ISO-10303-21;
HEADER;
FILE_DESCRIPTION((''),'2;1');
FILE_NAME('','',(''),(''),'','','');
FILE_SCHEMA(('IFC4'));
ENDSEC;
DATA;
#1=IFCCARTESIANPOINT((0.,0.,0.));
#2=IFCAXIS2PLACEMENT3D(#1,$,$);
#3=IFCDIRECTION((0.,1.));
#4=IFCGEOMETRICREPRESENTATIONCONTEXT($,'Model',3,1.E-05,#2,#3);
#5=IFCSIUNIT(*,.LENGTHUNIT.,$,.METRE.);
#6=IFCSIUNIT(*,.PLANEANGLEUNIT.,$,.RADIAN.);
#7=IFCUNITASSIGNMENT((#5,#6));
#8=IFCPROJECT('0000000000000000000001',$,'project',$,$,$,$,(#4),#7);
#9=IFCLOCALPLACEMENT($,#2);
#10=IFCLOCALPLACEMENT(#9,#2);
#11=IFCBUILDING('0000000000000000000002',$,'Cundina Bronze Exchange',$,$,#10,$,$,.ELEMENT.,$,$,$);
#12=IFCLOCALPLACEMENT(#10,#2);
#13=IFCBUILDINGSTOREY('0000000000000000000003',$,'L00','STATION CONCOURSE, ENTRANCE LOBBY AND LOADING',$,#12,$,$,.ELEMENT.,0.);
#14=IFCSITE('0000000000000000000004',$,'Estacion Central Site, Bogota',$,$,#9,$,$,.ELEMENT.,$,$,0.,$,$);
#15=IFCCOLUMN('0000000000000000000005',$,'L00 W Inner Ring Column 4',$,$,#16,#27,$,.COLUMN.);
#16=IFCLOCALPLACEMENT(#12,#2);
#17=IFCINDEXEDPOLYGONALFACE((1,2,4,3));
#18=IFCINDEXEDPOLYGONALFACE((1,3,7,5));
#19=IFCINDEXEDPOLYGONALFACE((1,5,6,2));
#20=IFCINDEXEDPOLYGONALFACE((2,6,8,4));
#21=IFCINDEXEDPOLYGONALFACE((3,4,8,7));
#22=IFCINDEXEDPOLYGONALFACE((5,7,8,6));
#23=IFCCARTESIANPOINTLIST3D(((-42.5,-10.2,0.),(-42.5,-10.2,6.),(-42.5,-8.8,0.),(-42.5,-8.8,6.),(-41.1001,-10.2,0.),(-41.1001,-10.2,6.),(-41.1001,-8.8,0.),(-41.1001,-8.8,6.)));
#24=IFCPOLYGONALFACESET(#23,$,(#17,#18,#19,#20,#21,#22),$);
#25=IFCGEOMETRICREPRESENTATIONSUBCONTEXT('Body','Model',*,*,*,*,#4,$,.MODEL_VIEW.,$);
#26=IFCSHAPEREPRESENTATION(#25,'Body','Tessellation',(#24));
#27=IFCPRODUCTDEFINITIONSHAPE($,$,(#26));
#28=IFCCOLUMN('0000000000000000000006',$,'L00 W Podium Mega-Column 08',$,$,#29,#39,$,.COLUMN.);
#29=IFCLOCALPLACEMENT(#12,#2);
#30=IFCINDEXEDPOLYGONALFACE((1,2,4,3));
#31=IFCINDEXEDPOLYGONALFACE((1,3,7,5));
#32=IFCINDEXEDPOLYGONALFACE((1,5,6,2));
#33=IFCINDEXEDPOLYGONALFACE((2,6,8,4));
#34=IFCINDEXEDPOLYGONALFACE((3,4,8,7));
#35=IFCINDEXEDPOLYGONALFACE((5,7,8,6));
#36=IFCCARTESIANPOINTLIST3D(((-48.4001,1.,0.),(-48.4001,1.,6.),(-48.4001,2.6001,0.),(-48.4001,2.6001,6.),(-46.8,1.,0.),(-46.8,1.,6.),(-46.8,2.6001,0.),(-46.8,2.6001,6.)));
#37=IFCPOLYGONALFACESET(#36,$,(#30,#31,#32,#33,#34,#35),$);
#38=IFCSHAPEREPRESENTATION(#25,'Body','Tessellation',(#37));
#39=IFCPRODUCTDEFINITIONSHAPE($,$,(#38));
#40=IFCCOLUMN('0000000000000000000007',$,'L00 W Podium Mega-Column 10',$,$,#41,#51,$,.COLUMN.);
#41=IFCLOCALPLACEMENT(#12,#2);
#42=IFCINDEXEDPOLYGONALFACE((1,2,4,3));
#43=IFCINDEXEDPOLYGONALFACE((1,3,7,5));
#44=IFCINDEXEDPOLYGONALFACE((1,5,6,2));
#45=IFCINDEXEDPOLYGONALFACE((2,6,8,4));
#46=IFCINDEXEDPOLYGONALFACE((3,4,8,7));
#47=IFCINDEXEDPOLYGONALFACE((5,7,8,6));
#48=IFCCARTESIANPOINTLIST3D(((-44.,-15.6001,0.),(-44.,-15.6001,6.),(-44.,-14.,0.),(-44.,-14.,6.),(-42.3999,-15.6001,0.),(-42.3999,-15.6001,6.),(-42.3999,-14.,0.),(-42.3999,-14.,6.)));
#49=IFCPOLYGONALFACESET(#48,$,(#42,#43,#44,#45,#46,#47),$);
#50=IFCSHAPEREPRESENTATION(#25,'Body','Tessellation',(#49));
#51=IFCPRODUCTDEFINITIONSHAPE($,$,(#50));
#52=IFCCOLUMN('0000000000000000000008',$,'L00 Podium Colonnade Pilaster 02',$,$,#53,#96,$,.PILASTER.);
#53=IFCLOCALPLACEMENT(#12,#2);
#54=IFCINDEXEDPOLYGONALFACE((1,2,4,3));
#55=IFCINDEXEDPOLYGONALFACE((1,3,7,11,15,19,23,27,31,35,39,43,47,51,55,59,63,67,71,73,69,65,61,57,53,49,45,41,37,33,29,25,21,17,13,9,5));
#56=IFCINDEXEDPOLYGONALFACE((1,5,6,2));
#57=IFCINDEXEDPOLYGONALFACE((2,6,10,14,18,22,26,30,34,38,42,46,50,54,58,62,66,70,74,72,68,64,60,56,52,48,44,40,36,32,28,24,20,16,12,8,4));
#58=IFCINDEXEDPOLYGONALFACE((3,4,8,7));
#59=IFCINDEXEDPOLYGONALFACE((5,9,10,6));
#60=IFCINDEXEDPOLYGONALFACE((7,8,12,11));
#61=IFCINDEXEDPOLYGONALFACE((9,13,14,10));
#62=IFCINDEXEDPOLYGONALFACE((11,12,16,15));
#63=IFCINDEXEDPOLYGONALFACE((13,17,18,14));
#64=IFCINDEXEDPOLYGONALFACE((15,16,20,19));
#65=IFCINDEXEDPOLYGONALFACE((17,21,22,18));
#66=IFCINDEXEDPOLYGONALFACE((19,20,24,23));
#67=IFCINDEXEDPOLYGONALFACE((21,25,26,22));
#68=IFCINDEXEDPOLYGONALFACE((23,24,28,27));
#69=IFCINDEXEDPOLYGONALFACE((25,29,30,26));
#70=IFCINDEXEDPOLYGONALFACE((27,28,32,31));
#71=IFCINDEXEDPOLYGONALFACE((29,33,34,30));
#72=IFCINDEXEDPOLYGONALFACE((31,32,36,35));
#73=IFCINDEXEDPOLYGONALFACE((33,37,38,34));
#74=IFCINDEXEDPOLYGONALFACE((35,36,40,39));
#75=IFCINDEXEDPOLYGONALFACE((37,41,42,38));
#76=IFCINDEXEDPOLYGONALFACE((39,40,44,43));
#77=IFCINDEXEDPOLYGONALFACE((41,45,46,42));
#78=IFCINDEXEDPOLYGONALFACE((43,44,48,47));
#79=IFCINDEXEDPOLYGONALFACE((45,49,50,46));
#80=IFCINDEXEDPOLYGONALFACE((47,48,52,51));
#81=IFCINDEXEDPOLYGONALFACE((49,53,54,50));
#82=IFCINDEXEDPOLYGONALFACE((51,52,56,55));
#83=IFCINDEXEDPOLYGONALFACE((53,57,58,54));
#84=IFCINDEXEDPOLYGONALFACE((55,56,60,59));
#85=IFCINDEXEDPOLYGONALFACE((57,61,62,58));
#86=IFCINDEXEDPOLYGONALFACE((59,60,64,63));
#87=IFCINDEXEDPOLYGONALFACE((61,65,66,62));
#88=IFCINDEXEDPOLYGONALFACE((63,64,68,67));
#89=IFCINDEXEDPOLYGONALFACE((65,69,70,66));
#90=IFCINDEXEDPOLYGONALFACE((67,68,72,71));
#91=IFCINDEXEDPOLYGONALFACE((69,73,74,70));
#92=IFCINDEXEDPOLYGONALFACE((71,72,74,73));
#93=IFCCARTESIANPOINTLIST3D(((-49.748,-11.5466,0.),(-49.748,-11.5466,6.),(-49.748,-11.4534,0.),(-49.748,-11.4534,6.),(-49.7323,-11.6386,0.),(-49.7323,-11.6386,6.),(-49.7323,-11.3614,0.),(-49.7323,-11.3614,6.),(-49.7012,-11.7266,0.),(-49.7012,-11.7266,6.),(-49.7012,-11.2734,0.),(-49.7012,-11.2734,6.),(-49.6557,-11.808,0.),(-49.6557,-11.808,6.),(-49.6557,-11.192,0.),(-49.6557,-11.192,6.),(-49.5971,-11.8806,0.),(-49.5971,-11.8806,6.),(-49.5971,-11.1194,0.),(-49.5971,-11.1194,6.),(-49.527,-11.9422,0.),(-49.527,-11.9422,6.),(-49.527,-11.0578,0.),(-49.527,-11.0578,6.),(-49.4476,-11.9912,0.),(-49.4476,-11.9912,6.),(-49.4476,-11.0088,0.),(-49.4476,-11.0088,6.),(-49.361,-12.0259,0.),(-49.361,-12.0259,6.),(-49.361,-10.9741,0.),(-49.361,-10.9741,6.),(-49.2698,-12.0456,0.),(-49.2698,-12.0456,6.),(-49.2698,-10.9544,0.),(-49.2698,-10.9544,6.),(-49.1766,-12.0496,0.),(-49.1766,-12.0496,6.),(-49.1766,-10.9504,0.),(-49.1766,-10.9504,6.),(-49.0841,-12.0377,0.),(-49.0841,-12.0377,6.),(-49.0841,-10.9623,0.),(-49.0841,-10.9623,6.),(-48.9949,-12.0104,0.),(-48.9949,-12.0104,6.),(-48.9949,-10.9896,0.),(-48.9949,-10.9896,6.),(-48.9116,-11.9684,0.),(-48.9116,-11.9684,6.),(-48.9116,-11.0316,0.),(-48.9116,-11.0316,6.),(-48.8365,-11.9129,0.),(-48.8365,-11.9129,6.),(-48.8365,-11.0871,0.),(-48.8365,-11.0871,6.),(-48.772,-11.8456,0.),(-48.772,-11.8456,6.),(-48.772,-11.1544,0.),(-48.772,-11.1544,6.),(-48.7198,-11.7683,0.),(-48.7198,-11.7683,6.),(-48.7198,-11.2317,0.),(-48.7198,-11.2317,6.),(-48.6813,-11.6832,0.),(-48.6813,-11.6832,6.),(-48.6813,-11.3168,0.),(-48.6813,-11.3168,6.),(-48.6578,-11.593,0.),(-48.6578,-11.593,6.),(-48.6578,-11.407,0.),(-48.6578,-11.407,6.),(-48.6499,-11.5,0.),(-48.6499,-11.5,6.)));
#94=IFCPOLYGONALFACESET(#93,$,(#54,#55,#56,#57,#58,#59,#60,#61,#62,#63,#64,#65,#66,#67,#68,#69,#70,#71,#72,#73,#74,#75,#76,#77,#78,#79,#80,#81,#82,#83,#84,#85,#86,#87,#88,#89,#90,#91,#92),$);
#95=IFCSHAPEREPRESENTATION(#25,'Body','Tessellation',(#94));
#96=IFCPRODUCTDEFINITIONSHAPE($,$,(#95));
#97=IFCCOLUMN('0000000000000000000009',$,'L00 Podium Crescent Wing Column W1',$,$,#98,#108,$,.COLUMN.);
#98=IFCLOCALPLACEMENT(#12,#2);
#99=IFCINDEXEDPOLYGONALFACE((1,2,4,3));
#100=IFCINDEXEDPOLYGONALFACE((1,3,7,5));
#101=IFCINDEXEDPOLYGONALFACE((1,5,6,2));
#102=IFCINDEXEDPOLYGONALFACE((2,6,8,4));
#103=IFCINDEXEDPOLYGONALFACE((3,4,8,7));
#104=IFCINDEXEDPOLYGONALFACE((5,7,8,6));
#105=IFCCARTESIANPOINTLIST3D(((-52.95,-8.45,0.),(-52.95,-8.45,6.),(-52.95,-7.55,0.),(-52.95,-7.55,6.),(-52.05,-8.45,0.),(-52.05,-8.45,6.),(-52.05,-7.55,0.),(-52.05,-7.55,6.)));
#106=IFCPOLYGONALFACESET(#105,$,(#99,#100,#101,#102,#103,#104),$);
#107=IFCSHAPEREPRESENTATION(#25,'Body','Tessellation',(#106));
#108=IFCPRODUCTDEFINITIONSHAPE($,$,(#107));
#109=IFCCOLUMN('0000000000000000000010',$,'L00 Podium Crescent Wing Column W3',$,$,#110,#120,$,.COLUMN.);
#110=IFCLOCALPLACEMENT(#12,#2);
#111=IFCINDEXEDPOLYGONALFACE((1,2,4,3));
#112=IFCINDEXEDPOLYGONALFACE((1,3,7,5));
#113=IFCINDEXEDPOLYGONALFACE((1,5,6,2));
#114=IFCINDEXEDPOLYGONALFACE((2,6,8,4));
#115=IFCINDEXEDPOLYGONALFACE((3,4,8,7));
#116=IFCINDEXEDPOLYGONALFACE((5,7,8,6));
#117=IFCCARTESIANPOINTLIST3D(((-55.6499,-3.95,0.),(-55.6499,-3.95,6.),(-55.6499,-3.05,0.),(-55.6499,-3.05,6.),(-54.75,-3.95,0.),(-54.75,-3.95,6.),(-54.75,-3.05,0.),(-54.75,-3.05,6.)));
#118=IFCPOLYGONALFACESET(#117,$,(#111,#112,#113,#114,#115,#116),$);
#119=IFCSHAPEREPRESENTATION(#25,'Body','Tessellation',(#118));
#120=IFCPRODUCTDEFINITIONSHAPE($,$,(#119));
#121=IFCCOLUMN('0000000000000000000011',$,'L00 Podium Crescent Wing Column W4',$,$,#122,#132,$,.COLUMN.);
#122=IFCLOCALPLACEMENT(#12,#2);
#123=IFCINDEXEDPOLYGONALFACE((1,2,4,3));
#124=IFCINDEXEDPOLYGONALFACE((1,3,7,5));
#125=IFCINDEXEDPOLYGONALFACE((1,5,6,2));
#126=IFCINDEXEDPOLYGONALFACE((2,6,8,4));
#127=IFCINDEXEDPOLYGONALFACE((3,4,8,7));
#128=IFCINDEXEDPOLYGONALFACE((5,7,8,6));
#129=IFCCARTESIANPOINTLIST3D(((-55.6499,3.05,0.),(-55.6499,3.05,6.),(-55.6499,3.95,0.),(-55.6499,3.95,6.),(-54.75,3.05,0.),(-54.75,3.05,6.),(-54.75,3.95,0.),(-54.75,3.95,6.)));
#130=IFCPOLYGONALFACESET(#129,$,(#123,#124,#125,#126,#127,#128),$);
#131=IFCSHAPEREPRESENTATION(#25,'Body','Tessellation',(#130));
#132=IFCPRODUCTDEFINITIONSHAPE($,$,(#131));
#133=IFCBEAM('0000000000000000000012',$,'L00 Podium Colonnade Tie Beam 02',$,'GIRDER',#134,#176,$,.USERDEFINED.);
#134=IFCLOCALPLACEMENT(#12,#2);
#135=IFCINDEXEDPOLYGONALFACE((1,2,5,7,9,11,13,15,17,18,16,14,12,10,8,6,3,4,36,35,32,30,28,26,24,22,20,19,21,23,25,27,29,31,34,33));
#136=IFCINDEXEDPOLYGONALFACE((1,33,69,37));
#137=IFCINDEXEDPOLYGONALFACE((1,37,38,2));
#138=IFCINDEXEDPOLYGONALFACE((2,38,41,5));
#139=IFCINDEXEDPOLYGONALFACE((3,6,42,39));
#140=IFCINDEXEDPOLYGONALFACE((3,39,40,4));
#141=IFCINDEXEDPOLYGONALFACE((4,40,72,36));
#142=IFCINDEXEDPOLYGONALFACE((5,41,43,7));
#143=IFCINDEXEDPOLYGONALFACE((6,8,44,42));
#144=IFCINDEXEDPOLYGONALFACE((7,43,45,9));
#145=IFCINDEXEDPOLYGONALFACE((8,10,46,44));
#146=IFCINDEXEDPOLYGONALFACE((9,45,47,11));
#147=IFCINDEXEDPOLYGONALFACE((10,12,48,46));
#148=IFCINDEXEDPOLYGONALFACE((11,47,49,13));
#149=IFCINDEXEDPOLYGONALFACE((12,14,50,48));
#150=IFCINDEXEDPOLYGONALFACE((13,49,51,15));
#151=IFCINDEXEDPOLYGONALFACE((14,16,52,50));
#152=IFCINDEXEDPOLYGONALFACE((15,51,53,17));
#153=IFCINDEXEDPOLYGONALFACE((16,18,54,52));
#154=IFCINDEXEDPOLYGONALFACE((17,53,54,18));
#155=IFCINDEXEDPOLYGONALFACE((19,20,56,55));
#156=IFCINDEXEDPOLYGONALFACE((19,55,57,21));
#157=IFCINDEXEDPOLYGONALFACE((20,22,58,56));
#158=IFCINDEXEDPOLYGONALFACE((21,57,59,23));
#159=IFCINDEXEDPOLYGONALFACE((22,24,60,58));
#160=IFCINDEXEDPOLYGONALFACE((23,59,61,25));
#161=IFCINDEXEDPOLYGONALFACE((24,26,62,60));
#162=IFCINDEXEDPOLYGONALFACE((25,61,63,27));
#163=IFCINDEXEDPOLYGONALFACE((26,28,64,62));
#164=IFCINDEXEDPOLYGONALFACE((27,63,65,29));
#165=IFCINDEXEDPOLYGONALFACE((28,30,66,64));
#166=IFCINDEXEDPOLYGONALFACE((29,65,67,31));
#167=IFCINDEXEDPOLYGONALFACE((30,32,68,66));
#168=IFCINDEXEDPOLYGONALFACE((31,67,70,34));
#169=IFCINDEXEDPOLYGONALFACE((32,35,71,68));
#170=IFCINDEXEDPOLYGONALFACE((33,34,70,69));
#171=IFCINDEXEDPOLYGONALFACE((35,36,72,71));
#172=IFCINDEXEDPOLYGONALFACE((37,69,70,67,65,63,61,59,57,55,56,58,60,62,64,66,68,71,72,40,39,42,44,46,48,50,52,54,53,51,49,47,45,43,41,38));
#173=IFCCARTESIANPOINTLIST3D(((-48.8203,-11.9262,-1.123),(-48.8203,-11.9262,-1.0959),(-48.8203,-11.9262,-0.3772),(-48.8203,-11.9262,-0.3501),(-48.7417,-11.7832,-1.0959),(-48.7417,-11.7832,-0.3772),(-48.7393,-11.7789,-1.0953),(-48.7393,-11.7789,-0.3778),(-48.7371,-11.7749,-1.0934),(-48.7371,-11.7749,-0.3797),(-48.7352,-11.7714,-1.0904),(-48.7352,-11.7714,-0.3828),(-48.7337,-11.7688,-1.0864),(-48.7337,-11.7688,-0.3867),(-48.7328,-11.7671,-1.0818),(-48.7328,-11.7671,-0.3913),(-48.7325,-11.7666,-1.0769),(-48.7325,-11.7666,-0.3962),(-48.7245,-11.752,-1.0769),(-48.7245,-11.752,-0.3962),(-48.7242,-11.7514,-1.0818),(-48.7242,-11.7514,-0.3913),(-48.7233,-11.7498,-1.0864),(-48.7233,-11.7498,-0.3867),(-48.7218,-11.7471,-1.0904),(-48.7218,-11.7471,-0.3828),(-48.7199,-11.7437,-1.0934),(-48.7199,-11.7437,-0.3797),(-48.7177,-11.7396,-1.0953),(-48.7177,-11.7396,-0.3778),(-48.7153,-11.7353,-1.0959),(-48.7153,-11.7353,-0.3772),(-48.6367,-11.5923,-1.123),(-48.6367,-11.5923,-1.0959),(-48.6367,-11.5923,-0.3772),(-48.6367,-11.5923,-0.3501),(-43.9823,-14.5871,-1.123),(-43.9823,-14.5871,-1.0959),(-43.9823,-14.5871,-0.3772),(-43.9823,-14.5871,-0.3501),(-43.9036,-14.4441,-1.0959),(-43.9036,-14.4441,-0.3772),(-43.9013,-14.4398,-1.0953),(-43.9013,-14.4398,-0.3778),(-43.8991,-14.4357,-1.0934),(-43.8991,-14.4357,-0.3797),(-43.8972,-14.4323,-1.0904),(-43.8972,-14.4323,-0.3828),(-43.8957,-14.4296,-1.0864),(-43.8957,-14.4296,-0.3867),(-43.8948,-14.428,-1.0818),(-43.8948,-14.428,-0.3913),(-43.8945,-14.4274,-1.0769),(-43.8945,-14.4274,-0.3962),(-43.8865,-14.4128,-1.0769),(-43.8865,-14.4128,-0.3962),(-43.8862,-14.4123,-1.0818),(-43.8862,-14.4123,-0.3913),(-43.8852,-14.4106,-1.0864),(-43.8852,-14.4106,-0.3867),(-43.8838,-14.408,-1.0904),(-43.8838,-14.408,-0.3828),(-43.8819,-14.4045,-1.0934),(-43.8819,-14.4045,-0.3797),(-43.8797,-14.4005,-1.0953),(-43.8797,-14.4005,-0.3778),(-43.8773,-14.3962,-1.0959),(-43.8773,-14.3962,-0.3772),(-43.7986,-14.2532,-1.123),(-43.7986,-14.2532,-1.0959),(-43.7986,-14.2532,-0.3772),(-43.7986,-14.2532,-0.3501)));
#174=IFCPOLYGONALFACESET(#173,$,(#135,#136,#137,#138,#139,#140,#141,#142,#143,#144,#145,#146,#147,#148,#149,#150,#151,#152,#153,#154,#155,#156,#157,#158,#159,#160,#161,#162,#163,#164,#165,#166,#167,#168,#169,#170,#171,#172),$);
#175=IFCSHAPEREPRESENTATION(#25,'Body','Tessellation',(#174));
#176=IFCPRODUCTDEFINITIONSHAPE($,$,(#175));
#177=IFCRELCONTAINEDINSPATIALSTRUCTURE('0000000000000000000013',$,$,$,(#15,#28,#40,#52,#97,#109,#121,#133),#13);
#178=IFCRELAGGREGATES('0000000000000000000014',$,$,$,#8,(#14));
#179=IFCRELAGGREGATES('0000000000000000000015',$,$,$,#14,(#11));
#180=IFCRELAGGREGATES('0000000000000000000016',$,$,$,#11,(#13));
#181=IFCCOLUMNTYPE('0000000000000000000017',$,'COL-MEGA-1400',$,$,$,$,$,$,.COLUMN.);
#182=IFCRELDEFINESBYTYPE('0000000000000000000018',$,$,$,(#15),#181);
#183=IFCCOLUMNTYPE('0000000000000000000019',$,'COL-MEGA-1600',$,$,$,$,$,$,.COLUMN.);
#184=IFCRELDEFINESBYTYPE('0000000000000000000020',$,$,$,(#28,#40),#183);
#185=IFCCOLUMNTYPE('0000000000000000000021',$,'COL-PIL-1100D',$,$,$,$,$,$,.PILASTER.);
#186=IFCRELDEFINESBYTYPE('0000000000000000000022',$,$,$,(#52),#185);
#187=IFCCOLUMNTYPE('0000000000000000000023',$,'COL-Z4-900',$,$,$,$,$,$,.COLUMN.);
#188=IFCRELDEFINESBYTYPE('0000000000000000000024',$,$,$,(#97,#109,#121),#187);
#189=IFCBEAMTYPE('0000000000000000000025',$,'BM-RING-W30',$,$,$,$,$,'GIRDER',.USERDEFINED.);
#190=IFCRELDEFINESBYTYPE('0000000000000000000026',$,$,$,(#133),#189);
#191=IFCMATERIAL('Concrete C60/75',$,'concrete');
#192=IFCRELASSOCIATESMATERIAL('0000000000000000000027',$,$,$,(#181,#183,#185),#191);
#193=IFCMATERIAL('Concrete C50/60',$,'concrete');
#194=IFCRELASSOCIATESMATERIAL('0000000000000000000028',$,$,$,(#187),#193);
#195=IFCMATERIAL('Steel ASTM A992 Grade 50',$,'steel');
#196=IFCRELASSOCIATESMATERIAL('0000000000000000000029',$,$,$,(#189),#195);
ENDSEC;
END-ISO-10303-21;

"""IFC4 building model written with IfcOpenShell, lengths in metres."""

from ifc_helpers import new_model, si_unit, direction, frame, origin, origin_2d, place, context, subcontext, project, spatial, rectangle, circle, i_section, extrude, material, material_profile, profile_set, type_object, element, save


model = new_model("IFC4")

# Units and contexts
model_context = context("Model", 3, precision=1e-05, world=origin(), true_north=direction((0.0, 1.0)))
body_context = subcontext(model_context, "Body", "Model", "MODEL_VIEW")
ifc_project = project(units=[si_unit("LENGTHUNIT", "METRE"), si_unit("PLANEANGLEUNIT", "RADIAN")], contexts=[model_context])

# Site, building, storey
site_placement = place(None, origin())
site = spatial("IfcSite", under=ifc_project, at=site_placement, Name="Estacion Central Site, Bogota", CompositionType="ELEMENT", RefElevation=0.0)
building_placement = place(site_placement, origin())
building = spatial("IfcBuilding", under=site, at=building_placement, Name="Cundina Bronze Exchange", CompositionType="ELEMENT")
storey_placement = place(building_placement, origin())
storey = spatial("IfcBuildingStorey", under=building, at=storey_placement, Name="L00", Description="STATION CONCOURSE, ENTRANCE LOBBY AND LOADING", CompositionType="ELEMENT", Elevation=0.0)

# Columns
ifc_material_1 = material(Name="Concrete C60/75", Category="concrete")
ifc_material_profile_1 = material_profile(ifc_material_1, rectangle(XDim=1.3999, YDim=1.3999, at=origin_2d()), Name="RC1400X1400", Category="concrete")
ifc_profile_set_1 = profile_set([ifc_material_profile_1], Name="Concrete C60/75")
column_type_1 = type_object("IfcColumnType", Name="COL-MEGA-1400", PredefinedType="COLUMN", material=ifc_profile_set_1)
column_1_placement = place(storey_placement, frame((-41.8, -9.5, 0.0), z_axis=(0.0, 0.0, 1.0), x_axis=(1.0, 0.0, 0.0)))
element("IfcColumn", 1, at=column_1_placement, inside=storey, type_object=column_type_1, Name="L00 W Inner Ring Column 4", PredefinedType="COLUMN", context=body_context, shape_type="SweptSolid", body=[
    extrude(rectangle(XDim=1.3999, YDim=1.3999, at=origin_2d()), origin(), (0.0, 0.0, 1.0), 6.0),
])
ifc_material_profile_2 = material_profile(ifc_material_1, rectangle(XDim=1.6001, YDim=1.6001, at=origin_2d()), Name="RC1600X1600", Category="concrete")
ifc_profile_set_2 = profile_set([ifc_material_profile_2], Name="Concrete C60/75")
column_type_2 = type_object("IfcColumnType", Name="COL-MEGA-1600", PredefinedType="COLUMN", material=ifc_profile_set_2)
for number, where, z_axis, x_axis, name in (
    (2, (-47.6001, 1.8, 0.0), (0.0, 0.0, 1.0), (1.0, 0.0, 0.0), "L00 W Podium Mega-Column 08"),
    (3, (-43.2, -14.8, 0.0), (0.0, 0.0, 1.0), (1.0, 0.0, 0.0), "L00 W Podium Mega-Column 10"),
):
    element("IfcColumn", number, at=place(storey_placement, frame(where, z_axis=z_axis, x_axis=x_axis)), inside=storey, type_object=column_type_2, Name=name, PredefinedType="COLUMN", context=body_context, shape_type="SweptSolid", body=[
        extrude(rectangle(XDim=1.6001, YDim=1.6001, at=origin_2d()), origin(), (0.0, 0.0, 1.0), 6.0),
    ])
ifc_material_profile_3 = material_profile(ifc_material_1, circle(Radius=0.55, at=origin_2d()), Name="RC1100D", Category="concrete")
ifc_profile_set_3 = profile_set([ifc_material_profile_3], Name="Concrete C60/75")
column_type_3 = type_object("IfcColumnType", Name="COL-PIL-1100D", PredefinedType="PILASTER", material=ifc_profile_set_3)
column_2_placement = place(storey_placement, frame((-49.2, -11.5, 0.0), z_axis=(0.0, 0.0, 1.0), x_axis=(1.0, 0.0, 0.0)))
element("IfcColumn", 4, at=column_2_placement, inside=storey, type_object=column_type_3, Name="L00 Podium Colonnade Pilaster 02", PredefinedType="PILASTER", context=body_context, shape_type="SweptSolid", body=[
    extrude(circle(Radius=0.55, at=origin_2d()), origin(), (0.0, 0.0, 1.0), 6.0),
])
ifc_material_2 = material(Name="Concrete C50/60", Category="concrete")
ifc_material_profile_4 = material_profile(ifc_material_2, rectangle(XDim=0.8999, YDim=0.8999, at=origin_2d()), Name="RC900X900", Category="concrete")
ifc_profile_set_4 = profile_set([ifc_material_profile_4], Name="Concrete C50/60")
column_type_4 = type_object("IfcColumnType", Name="COL-Z4-900", PredefinedType="COLUMN", material=ifc_profile_set_4)
for number, where, z_axis, x_axis, name in (
    (5, (-52.5, -8.0, 0.0), (0.0, 0.0, 1.0), (1.0, 0.0, 0.0), "L00 Podium Crescent Wing Column W1"),
    (6, (-55.2, -3.5, 0.0), (0.0, 0.0, 1.0), (1.0, 0.0, 0.0), "L00 Podium Crescent Wing Column W3"),
    (7, (-55.2, 3.5, 0.0), (0.0, 0.0, 1.0), (1.0, 0.0, 0.0), "L00 Podium Crescent Wing Column W4"),
):
    element("IfcColumn", number, at=place(storey_placement, frame(where, z_axis=z_axis, x_axis=x_axis)), inside=storey, type_object=column_type_4, Name=name, PredefinedType="COLUMN", context=body_context, shape_type="SweptSolid", body=[
        extrude(rectangle(XDim=0.8999, YDim=0.8999, at=origin_2d()), origin(), (0.0, 0.0, 1.0), 6.0),
    ])

# Beam
ifc_material_3 = material(Name="Steel ASTM A992 Grade 50", Category="steel")
ifc_material_profile_5 = material_profile(ifc_material_3, i_section(OverallWidth=0.3811, OverallDepth=0.7729, WebThickness=0.0166, FlangeThickness=0.0271, FilletRadius=0.019, at=origin_2d()), Name="W30X173", Category="steel")
ifc_profile_set_5 = profile_set([ifc_material_profile_5], Name="Steel ASTM A992 Grade 50")
beam_type = type_object("IfcBeamType", Name="BM-RING-W30", ElementType="GIRDER", PredefinedType="USERDEFINED", material=ifc_profile_set_5)
beam_1_placement = place(storey_placement, frame((-48.7285, -11.7593, -0.7366), z_axis=(0.876222, -0.481907, 0.0), x_axis=(0.481907, 0.876222, 0.0)))
element("IfcBeam", 8, at=beam_1_placement, inside=storey, type_object=beam_type, Name="L00 Podium Colonnade Tie Beam 02", ObjectType="GIRDER", PredefinedType="USERDEFINED", context=body_context, shape_type="SweptSolid", body=[
    extrude(i_section(OverallWidth=0.3811, OverallDepth=0.7729, WebThickness=0.0166, FlangeThickness=0.0271, FilletRadius=0.019, at=origin_2d()), origin(), (0.0, 0.0, 1.0), 5.5215),
])

save(model, "model.ifc")
